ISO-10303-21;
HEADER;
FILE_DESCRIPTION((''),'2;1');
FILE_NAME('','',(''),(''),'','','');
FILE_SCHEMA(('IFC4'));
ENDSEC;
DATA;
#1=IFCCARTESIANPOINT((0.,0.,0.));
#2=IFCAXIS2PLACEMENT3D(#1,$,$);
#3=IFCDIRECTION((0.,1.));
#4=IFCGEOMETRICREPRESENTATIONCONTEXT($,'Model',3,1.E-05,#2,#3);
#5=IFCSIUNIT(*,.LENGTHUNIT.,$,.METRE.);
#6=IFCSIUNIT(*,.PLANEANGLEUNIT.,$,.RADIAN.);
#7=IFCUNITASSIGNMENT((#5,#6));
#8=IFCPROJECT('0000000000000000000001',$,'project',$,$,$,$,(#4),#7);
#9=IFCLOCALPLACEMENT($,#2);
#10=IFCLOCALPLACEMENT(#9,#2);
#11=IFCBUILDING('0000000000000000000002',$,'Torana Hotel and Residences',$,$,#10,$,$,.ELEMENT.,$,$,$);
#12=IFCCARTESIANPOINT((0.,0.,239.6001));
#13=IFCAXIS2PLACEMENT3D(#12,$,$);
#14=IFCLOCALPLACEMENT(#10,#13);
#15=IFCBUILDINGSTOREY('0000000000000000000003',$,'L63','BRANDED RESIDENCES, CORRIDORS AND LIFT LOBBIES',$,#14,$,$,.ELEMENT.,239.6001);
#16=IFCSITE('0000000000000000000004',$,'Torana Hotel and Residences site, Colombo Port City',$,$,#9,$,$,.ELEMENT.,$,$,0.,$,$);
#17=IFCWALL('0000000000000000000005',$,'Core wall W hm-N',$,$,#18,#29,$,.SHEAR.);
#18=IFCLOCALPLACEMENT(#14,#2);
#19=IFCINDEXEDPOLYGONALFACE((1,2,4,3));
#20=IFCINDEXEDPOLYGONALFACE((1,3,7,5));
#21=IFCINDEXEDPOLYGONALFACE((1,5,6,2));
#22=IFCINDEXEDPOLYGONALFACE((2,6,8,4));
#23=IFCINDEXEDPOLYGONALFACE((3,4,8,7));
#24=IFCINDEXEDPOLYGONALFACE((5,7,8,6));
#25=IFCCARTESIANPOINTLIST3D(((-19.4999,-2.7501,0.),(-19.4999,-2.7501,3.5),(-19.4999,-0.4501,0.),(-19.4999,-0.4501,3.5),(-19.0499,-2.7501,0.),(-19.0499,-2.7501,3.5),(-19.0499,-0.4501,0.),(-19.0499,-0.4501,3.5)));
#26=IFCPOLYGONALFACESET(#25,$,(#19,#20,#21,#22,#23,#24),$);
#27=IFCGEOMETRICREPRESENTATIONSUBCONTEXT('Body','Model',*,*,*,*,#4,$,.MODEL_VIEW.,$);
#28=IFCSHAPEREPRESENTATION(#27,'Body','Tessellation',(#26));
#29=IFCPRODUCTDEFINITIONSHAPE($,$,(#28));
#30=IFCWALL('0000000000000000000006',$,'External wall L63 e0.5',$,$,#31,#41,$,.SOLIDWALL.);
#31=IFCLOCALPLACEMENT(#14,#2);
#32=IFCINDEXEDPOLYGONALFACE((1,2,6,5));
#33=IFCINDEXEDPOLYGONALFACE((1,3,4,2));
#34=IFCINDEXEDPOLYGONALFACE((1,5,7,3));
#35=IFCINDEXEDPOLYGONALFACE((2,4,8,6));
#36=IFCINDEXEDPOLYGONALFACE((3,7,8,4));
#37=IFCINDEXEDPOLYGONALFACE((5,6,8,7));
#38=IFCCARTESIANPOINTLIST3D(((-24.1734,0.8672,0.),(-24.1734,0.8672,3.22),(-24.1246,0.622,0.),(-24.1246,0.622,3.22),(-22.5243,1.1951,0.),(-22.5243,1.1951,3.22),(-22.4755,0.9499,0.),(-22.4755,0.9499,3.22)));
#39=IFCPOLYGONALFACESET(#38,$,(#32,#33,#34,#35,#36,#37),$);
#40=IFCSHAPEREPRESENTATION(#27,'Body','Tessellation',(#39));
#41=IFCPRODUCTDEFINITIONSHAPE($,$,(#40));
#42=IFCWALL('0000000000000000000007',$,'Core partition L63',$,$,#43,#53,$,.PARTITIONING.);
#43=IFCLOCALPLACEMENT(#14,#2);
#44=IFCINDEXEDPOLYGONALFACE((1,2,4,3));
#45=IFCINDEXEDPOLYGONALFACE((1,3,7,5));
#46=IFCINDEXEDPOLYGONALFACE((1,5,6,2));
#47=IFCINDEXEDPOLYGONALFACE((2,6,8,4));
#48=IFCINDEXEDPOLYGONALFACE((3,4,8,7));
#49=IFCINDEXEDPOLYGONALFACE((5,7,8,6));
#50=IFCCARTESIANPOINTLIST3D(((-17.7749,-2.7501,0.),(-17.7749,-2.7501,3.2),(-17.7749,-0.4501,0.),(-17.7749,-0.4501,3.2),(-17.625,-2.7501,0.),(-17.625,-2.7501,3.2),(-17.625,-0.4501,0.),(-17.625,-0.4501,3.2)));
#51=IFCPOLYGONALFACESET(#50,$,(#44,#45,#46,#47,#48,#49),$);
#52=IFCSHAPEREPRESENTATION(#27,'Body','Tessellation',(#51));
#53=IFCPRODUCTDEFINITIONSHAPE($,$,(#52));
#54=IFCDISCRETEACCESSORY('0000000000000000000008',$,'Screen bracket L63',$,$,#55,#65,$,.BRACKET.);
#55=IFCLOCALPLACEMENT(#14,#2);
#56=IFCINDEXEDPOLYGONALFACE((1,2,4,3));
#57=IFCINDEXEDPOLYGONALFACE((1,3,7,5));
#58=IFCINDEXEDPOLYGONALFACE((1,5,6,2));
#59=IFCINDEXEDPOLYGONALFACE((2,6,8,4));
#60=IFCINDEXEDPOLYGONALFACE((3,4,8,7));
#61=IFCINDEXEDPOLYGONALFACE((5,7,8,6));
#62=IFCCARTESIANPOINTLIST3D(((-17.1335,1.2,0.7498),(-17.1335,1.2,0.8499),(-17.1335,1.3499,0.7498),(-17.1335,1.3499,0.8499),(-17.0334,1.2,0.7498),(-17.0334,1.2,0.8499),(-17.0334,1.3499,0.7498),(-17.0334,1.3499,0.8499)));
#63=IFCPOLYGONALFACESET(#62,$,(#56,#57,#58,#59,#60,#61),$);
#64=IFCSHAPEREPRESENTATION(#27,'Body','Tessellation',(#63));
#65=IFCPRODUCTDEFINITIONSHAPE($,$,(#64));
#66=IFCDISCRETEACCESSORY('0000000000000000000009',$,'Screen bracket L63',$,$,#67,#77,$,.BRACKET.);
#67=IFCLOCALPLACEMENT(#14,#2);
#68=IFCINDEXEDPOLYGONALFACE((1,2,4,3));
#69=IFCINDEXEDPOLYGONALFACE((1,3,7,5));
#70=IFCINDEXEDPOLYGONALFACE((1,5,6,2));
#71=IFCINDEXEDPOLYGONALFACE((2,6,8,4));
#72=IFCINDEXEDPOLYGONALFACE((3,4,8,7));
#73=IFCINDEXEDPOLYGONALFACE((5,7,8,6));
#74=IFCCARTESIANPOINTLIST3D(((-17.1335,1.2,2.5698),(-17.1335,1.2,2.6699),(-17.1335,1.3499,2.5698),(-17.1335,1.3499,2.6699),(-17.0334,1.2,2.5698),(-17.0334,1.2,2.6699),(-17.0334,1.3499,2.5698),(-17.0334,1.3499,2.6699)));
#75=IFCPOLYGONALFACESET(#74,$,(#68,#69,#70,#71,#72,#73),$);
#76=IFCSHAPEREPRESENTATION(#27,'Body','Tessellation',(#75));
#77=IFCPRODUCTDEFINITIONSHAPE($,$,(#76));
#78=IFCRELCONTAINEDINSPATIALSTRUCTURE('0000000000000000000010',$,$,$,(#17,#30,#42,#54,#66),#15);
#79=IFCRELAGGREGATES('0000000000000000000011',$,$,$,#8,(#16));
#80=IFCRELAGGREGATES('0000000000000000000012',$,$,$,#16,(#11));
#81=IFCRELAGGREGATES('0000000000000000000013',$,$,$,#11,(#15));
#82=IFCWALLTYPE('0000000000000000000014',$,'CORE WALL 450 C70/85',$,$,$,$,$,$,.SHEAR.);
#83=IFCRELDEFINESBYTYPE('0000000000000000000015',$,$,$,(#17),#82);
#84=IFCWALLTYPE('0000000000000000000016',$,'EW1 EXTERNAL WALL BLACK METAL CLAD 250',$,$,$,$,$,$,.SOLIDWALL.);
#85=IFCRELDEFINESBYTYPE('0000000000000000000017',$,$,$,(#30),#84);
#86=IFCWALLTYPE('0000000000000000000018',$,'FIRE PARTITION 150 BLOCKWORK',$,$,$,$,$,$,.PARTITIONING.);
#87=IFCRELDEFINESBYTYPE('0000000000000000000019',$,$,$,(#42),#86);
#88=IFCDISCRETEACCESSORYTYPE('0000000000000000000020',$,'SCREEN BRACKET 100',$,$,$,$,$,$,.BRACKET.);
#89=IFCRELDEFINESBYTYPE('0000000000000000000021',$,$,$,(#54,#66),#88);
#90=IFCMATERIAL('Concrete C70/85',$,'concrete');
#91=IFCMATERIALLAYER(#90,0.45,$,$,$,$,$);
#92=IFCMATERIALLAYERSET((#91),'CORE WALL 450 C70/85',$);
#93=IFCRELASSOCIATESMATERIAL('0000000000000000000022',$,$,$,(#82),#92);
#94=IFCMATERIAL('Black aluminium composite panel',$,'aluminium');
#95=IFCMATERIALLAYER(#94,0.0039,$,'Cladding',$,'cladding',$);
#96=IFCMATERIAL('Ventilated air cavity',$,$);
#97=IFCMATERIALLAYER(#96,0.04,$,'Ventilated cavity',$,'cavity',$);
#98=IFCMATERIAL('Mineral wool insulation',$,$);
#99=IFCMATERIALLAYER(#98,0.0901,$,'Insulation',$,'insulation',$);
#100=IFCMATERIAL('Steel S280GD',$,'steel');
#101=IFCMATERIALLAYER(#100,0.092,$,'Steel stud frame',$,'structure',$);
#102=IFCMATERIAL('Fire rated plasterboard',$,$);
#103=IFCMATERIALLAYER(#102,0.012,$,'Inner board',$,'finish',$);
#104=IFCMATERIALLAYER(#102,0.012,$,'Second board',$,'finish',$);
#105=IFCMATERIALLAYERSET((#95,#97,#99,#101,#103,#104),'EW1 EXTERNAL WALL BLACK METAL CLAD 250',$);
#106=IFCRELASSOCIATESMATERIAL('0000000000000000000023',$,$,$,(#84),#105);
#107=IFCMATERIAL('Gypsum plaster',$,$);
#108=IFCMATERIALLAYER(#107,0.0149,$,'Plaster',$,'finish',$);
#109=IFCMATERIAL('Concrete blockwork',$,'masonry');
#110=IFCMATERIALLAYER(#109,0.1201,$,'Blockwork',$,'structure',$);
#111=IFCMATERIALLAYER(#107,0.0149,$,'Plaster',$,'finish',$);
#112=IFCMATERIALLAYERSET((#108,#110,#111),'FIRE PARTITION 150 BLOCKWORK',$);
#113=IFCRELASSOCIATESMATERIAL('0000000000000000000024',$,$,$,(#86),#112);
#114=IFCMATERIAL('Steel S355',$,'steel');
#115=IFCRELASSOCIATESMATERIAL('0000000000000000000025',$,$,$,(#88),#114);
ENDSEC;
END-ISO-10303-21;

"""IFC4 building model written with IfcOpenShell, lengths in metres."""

from ifc_helpers import new_model, si_unit, direction, frame, frame_2d, origin, origin_2d, place, context, subcontext, project, spatial, rectangle, extrude, material, layer, layer_set, type_object, element, save


model = new_model("IFC4")

# Units and contexts
model_context = context("Model", 3, precision=1e-05, world=origin(), true_north=direction((0.0, 1.0)))
body_context = subcontext(model_context, "Body", "Model", "MODEL_VIEW")
ifc_project = project(units=[si_unit("LENGTHUNIT", "METRE"), si_unit("PLANEANGLEUNIT", "RADIAN")], contexts=[model_context])

# Site, building, storey
site_placement = place(None, origin())
site = spatial("IfcSite", under=ifc_project, at=site_placement, Name="Torana Hotel and Residences site, Colombo Port City", CompositionType="ELEMENT", RefElevation=0.0)
building_placement = place(site_placement, origin())
building = spatial("IfcBuilding", under=site, at=building_placement, Name="Torana Hotel and Residences", CompositionType="ELEMENT")
storey_placement = place(building_placement, frame((0.0, 0.0, 239.6001)))
storey = spatial("IfcBuildingStorey", under=building, at=storey_placement, Name="L63", Description="BRANDED RESIDENCES, CORRIDORS AND LIFT LOBBIES", CompositionType="ELEMENT", Elevation=239.6001)

# Walls
ifc_material_1 = material(Name="Concrete C70/85", Category="concrete")
ifc_layer_1 = layer(ifc_material_1, 0.45)
ifc_layer_set_1 = layer_set([ifc_layer_1], Name="CORE WALL 450 C70/85")
wall_type_1 = type_object("IfcWallType", Name="CORE WALL 450 C70/85", PredefinedType="SHEAR", material=ifc_layer_set_1)
wall_1_placement = place(storey_placement, frame((-19.2749, -2.75, 0.0), z_axis=(0.0, 0.0, 1.0), x_axis=(0.0, 1.0, 0.0)))
element("IfcWall", 1, at=wall_1_placement, inside=storey, type_object=wall_type_1, Name="Core wall W hm-N", PredefinedType="SHEAR", context=body_context, shape_type="SweptSolid", body=[
    extrude(rectangle(XDim=2.3, YDim=0.45, at=frame_2d((1.1499, 0.0))), origin(), (0.0, 0.0, 1.0), 3.5),
])
ifc_material_2 = material(Name="Black aluminium composite panel", Category="aluminium")
ifc_layer_2 = layer(ifc_material_2, 0.0039, Name="Cladding", Category="cladding")
ifc_material_3 = material(Name="Ventilated air cavity")
ifc_layer_3 = layer(ifc_material_3, 0.04, Name="Ventilated cavity", Category="cavity")
ifc_material_4 = material(Name="Mineral wool insulation")
ifc_layer_4 = layer(ifc_material_4, 0.0901, Name="Insulation", Category="insulation")
ifc_material_5 = material(Name="Steel S280GD", Category="steel")
ifc_layer_5 = layer(ifc_material_5, 0.092, Name="Steel stud frame", Category="structure")
ifc_material_6 = material(Name="Fire rated plasterboard")
ifc_layer_6 = layer(ifc_material_6, 0.012, Name="Inner board", Category="finish")
ifc_layer_7 = layer(ifc_material_6, 0.012, Name="Second board", Category="finish")
ifc_layer_set_2 = layer_set([ifc_layer_2, ifc_layer_3, ifc_layer_4, ifc_layer_5, ifc_layer_6, ifc_layer_7], Name="EW1 EXTERNAL WALL BLACK METAL CLAD 250")
wall_type_2 = type_object("IfcWallType", Name="EW1 EXTERNAL WALL BLACK METAL CLAD 250", PredefinedType="SOLIDWALL", material=ifc_layer_set_2)
wall_2_placement = place(storey_placement, frame((-22.4998, 1.0725, 0.0), z_axis=(0.0, 0.0, 1.0), x_axis=(-0.980803, -0.194999, 0.0)))
element("IfcWall", 2, at=wall_2_placement, inside=storey, type_object=wall_type_2, Name="External wall L63 e0.5", PredefinedType="SOLIDWALL", context=body_context, shape_type="SweptSolid", body=[
    extrude(rectangle(XDim=1.6814, YDim=0.25, at=frame_2d((0.8408, 0.0))), origin(), (0.0, 0.0, 1.0), 3.22),
])
ifc_material_7 = material(Name="Gypsum plaster")
ifc_layer_8 = layer(ifc_material_7, 0.0149, Name="Plaster", Category="finish")
ifc_material_8 = material(Name="Concrete blockwork", Category="masonry")
ifc_layer_9 = layer(ifc_material_8, 0.1201, Name="Blockwork", Category="structure")
ifc_layer_10 = layer(ifc_material_7, 0.0149, Name="Plaster", Category="finish")
ifc_layer_set_3 = layer_set([ifc_layer_8, ifc_layer_9, ifc_layer_10], Name="FIRE PARTITION 150 BLOCKWORK")
wall_type_3 = type_object("IfcWallType", Name="FIRE PARTITION 150 BLOCKWORK", PredefinedType="PARTITIONING", material=ifc_layer_set_3)
wall_3_placement = place(storey_placement, frame((-17.7, -2.75, 0.0), z_axis=(0.0, 0.0, 1.0), x_axis=(0.0, 1.0, 0.0)))
element("IfcWall", 3, at=wall_3_placement, inside=storey, type_object=wall_type_3, Name="Core partition L63", PredefinedType="PARTITIONING", context=body_context, shape_type="SweptSolid", body=[
    extrude(rectangle(XDim=2.3, YDim=0.1499, at=frame_2d((1.1499, 0.0))), origin(), (0.0, 0.0, 1.0), 3.2),
])

# Discrete accessories
ifc_material_9 = material(Name="Steel S355", Category="steel")
discrete_accessory_type = type_object("IfcDiscreteAccessoryType", Name="SCREEN BRACKET 100", PredefinedType="BRACKET", material=ifc_material_9)
for number, where, z_axis, x_axis, name in (
    (4, (-17.0835, 1.2749, 0.7498), (0.0, 0.0, 1.0), (-1.0, 0.0, 0.0), "Screen bracket L63"),
    (5, (-17.0835, 1.2749, 2.5698), (0.0, 0.0, 1.0), (-1.0, 0.0, 0.0), "Screen bracket L63"),
):
    element("IfcDiscreteAccessory", number, at=place(storey_placement, frame(where, z_axis=z_axis, x_axis=x_axis)), inside=storey, type_object=discrete_accessory_type, Name=name, PredefinedType="BRACKET", context=body_context, shape_type="SweptSolid", body=[
        extrude(rectangle(XDim=0.1001, YDim=0.1499, at=origin_2d()), origin(), (0.0, 0.0, 1.0), 0.1001),
    ])

save(model, "model.ifc")
